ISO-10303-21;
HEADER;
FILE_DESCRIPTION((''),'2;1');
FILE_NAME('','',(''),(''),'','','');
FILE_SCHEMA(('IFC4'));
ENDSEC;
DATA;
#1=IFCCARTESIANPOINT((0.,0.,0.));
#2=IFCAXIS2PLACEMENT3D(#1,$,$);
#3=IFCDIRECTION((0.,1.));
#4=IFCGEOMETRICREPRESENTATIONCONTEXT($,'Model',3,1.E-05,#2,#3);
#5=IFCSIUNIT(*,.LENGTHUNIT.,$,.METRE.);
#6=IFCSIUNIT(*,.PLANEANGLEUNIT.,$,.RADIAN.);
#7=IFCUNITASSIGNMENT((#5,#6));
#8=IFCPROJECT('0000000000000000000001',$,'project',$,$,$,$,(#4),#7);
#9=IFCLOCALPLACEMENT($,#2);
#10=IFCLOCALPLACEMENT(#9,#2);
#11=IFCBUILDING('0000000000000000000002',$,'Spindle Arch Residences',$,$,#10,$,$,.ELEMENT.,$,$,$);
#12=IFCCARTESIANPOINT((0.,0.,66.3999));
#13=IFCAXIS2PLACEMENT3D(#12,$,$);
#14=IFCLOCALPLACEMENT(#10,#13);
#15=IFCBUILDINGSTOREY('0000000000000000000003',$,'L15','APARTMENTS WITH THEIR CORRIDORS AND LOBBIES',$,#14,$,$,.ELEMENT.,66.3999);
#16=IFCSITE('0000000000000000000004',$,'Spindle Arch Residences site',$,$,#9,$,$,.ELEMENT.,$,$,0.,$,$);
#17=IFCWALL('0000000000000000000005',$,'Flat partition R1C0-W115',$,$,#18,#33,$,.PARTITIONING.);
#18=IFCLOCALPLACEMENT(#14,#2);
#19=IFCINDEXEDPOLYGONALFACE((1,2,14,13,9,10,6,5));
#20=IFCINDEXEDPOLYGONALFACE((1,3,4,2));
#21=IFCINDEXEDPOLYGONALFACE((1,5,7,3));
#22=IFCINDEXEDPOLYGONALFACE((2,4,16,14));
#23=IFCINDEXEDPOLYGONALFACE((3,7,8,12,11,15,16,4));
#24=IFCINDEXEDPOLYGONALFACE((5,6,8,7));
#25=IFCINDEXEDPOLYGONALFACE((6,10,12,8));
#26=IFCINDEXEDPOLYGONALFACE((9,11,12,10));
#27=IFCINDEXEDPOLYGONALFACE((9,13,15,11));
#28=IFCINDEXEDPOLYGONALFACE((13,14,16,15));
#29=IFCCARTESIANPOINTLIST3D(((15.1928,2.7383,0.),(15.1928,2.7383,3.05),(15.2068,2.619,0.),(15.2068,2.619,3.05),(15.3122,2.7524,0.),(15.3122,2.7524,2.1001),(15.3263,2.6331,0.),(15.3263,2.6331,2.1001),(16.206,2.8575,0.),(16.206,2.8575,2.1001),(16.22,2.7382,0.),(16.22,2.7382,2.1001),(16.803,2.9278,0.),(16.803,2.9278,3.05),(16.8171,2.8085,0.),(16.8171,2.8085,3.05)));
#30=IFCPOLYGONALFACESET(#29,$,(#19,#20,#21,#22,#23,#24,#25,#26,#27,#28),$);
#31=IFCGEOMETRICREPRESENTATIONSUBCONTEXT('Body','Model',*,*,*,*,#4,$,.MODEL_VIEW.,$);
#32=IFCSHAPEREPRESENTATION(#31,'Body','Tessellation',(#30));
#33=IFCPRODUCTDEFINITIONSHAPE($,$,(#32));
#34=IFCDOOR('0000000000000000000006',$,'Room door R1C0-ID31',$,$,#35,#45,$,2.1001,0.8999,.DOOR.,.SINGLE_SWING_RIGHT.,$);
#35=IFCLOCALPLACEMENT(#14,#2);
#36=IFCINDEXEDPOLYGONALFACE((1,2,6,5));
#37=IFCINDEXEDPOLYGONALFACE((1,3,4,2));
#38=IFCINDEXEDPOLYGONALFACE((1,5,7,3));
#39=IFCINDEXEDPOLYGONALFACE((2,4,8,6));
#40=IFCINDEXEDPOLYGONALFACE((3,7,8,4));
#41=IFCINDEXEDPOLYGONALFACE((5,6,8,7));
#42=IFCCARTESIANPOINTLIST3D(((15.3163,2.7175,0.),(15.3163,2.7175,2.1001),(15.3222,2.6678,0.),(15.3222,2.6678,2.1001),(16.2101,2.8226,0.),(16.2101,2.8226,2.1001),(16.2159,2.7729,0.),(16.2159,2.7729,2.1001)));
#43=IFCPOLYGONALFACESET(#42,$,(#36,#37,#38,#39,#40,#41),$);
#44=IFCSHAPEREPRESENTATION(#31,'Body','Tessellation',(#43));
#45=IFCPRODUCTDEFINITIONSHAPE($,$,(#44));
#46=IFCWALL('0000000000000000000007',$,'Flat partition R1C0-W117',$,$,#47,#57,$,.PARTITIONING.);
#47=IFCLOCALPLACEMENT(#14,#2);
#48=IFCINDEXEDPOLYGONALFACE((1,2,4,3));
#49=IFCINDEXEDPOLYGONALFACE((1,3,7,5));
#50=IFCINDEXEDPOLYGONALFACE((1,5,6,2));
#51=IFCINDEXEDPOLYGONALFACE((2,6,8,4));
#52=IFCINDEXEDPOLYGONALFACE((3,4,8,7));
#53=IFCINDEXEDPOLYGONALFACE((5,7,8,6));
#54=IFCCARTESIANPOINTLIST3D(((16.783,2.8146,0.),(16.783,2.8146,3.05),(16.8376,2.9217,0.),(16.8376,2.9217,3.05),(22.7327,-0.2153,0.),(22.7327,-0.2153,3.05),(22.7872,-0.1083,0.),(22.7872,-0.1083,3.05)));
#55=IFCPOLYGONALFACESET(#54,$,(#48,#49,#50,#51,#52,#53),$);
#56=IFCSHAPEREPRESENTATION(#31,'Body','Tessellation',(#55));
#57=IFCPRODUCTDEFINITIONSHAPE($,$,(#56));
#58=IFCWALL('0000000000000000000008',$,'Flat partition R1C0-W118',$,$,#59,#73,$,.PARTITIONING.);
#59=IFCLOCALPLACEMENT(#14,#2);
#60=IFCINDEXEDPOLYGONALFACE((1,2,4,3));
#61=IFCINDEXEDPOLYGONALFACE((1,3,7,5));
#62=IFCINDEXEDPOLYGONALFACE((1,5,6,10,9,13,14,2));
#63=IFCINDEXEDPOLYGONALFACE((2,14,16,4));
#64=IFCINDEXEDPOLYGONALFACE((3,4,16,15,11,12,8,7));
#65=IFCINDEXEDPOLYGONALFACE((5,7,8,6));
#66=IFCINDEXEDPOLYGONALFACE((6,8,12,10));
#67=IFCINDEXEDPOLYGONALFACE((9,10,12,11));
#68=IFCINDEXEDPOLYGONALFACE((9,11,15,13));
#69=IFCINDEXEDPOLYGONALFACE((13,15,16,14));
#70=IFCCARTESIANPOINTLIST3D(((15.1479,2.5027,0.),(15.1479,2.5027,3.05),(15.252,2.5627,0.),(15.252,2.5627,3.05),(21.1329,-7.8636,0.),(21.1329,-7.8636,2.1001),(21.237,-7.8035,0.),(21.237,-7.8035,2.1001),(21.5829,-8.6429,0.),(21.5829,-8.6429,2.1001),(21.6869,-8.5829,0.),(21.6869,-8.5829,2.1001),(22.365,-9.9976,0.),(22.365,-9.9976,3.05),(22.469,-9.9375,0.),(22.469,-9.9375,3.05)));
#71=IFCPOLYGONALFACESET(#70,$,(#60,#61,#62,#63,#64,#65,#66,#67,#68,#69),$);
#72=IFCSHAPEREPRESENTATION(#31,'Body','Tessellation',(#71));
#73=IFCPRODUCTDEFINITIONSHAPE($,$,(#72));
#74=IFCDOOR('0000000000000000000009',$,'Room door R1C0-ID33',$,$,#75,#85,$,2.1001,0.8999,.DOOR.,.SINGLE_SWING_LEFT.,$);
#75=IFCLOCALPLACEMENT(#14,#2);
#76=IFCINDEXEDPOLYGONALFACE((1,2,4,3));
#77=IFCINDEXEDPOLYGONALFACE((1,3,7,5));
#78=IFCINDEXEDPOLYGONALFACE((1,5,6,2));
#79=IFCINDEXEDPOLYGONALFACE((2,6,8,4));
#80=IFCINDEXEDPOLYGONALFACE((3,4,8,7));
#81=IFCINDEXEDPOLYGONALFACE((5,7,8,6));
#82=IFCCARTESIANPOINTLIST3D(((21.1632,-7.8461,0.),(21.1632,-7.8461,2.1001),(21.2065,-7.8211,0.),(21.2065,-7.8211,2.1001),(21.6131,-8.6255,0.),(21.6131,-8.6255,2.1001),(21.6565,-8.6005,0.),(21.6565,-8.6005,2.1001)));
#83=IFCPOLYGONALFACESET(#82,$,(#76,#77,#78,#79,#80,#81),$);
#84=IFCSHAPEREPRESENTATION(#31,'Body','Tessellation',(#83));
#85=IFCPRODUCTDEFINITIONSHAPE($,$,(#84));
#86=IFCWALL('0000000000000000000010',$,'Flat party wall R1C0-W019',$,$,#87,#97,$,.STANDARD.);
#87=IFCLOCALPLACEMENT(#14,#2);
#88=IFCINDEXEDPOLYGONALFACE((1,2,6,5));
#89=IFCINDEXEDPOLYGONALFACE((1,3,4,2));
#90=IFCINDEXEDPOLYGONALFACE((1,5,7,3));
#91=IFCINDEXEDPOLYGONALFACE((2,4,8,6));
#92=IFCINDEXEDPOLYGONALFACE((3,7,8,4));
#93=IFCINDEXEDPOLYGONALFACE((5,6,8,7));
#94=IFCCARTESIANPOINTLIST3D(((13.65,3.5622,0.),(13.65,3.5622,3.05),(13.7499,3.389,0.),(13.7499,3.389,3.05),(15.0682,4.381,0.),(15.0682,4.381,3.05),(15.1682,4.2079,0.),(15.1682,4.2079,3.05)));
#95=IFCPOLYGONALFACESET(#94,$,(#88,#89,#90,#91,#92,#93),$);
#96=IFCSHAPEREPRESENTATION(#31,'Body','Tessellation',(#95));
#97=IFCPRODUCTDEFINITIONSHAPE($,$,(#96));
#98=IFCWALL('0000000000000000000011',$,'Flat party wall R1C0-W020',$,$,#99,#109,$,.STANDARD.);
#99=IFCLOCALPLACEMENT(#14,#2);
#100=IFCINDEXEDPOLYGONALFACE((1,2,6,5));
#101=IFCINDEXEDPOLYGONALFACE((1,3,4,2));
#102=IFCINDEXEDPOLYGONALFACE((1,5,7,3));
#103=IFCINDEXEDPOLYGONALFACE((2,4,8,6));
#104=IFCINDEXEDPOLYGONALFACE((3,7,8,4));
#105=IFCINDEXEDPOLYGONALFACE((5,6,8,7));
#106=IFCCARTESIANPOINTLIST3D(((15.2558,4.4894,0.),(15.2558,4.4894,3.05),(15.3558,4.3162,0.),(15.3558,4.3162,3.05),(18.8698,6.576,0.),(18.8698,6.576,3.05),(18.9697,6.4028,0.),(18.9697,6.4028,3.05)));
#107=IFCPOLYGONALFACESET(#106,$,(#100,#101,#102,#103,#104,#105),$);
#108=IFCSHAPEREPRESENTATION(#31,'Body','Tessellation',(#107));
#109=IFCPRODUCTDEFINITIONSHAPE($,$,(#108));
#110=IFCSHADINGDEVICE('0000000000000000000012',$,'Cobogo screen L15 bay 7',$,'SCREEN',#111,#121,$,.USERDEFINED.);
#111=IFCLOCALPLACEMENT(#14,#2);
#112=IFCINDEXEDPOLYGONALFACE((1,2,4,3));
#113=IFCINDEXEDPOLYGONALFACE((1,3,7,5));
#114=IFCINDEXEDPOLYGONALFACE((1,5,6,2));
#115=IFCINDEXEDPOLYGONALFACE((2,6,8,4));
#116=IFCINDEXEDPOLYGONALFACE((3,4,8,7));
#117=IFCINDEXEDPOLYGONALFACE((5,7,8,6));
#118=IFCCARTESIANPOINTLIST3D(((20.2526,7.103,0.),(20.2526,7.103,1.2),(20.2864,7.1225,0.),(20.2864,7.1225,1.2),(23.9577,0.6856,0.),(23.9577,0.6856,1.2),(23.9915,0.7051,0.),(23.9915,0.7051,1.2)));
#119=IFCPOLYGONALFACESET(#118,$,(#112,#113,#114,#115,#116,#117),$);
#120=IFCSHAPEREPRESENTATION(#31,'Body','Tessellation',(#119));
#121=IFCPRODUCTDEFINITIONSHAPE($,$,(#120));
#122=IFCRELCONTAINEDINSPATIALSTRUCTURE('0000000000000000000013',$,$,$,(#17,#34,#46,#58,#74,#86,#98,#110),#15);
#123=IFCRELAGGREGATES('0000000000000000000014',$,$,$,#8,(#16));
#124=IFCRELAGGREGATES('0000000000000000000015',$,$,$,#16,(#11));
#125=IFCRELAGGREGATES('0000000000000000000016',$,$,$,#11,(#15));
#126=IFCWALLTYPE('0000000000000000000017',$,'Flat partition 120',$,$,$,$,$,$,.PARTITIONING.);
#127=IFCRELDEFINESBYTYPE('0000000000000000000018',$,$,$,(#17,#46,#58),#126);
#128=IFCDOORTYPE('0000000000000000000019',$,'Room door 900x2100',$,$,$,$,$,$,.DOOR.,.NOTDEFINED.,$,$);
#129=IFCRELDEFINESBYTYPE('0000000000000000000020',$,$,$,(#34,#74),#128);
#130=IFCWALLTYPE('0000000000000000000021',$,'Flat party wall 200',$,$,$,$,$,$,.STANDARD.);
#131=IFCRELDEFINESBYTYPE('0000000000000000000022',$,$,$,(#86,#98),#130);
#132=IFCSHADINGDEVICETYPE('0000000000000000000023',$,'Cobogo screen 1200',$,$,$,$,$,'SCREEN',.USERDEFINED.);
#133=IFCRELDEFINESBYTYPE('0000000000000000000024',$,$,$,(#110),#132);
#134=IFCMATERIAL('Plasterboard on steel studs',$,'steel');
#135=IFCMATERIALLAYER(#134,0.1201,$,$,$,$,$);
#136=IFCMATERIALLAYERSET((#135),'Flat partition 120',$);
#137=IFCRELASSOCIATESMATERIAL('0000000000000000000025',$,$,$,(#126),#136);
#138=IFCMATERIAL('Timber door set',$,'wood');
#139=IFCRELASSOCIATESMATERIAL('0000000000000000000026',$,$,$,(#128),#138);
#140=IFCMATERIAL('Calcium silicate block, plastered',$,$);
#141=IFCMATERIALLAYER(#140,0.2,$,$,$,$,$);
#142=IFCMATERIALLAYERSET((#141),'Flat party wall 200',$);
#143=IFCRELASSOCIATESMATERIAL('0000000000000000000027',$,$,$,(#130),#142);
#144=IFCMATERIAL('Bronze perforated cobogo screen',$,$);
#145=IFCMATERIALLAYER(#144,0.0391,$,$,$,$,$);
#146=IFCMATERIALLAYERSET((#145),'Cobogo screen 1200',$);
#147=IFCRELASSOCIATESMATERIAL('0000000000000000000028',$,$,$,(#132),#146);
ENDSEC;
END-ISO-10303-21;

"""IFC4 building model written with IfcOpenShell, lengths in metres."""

from ifc_helpers import new_model, si_unit, direction, frame, frame_2d, origin, origin_2d, place, context, subcontext, project, spatial, rectangle, extrude, material, layer, layer_set, type_object, element, fill, save


model = new_model("IFC4")

# Units and contexts
model_context = context("Model", 3, precision=1e-05, world=origin(), true_north=direction((0.0, 1.0)))
body_context = subcontext(model_context, "Body", "Model", "MODEL_VIEW")
ifc_project = project(units=[si_unit("LENGTHUNIT", "METRE"), si_unit("PLANEANGLEUNIT", "RADIAN")], contexts=[model_context])

# Site, building, storey
site_placement = place(None, origin())
site = spatial("IfcSite", under=ifc_project, at=site_placement, Name="Spindle Arch Residences site", CompositionType="ELEMENT", RefElevation=0.0)
building_placement = place(site_placement, origin())
building = spatial("IfcBuilding", under=site, at=building_placement, Name="Spindle Arch Residences", CompositionType="ELEMENT")
storey_placement = place(building_placement, frame((0.0, 0.0, 66.3999)))
storey = spatial("IfcBuildingStorey", under=building, at=storey_placement, Name="L15", Description="APARTMENTS WITH THEIR CORRIDORS AND LOBBIES", CompositionType="ELEMENT", Elevation=66.3999)

# Shared definitions
ifc_material_1 = material(Name="Plasterboard on steel studs", Category="steel")
ifc_layer_1 = layer(ifc_material_1, 0.1201)
ifc_layer_set_1 = layer_set([ifc_layer_1], Name="Flat partition 120")
wall_type_1 = type_object("IfcWallType", Name="Flat partition 120", PredefinedType="PARTITIONING", material=ifc_layer_set_1)
ifc_material_2 = material(Name="Timber door set", Category="wood")
door_type_1 = type_object("IfcDoorType", Name="Room door 900x2100", OperationType="NOTDEFINED", PredefinedType="DOOR", material=ifc_material_2)

# Wall, opening, door
wall_1_placement = place(storey_placement, frame((15.2, 2.6787, 0.0), z_axis=(0.0, 0.0, 1.0), x_axis=(0.993151, 0.116841, 0.0)))
wall_1 = element("IfcWall", 1, at=wall_1_placement, inside=storey, type_object=wall_type_1, Name="Flat partition R1C0-W115", PredefinedType="PARTITIONING", context=body_context, shape_type="SweptSolid", body=[
    extrude(rectangle(XDim=1.6213, YDim=0.1201, at=frame_2d((0.8105, 0.0))), origin(), (0.0, 0.0, 1.0), 3.05),
])
opening_1_placement = place(wall_1_placement, frame((0.1201, 0.0, 0.0)))
opening_1 = element("IfcOpeningElement", 2, at=opening_1_placement, cuts=wall_1, PredefinedType="OPENING", context=body_context, shape_type="SweptSolid", body=[
    extrude(rectangle(XDim=0.8999, YDim=2.1001, at=frame_2d((0.45, 1.05))), frame((0.0, 0.0701, 0.0), z_axis=(0.0, -1.0, 0.0), x_axis=(1.0, 0.0, 0.0)), (0.0, 0.0, 1.0), 0.1401),
])
door_1_placement = place(opening_1_placement, origin())
door_1 = element("IfcDoor", 3, at=door_1_placement, inside=storey, type_object=door_type_1, Name="Room door R1C0-ID31", OperationType="SINGLE_SWING_RIGHT", OverallHeight=2.1001, OverallWidth=0.8999, PredefinedType="DOOR", context=body_context, shape_type="SweptSolid", body=[
    extrude(rectangle(XDim=0.8999, YDim=2.1001, at=frame_2d((0.45, 1.05))), frame((0.0, 0.0249, 0.0), z_axis=(0.0, -1.0, 0.0), x_axis=(1.0, 0.0, 0.0)), (0.0, 0.0, 1.0), 0.05),
])
fill(opening_1, door_1)

# Wall
wall_2_placement = place(storey_placement, frame((16.8103, 2.8682, 0.0), z_axis=(0.0, 0.0, 1.0), x_axis=(0.891097, -0.453812, 0.0)))
element("IfcWall", 4, at=wall_2_placement, inside=storey, type_object=wall_type_1, Name="Flat partition R1C0-W117", PredefinedType="PARTITIONING", context=body_context, shape_type="SweptSolid", body=[
    extrude(rectangle(XDim=6.6768, YDim=0.1201, at=frame_2d((3.3384, 0.0))), origin(), (0.0, 0.0, 1.0), 3.05),
])

# Wall, opening, door
wall_3_placement = place(storey_placement, frame((15.2, 2.5327, 0.0), z_axis=(0.0, 0.0, 1.0), x_axis=(0.500001, -0.866025, 0.0)))
wall_3 = element("IfcWall", 5, at=wall_3_placement, inside=storey, type_object=wall_type_1, Name="Flat partition R1C0-W118", PredefinedType="PARTITIONING", context=body_context, shape_type="SweptSolid", body=[
    extrude(rectangle(XDim=14.4341, YDim=0.1201, at=frame_2d((7.217, 0.0))), origin(), (0.0, 0.0, 1.0), 3.05),
])
opening_2_placement = place(wall_3_placement, frame((11.97, 0.0, 0.0)))
opening_2 = element("IfcOpeningElement", 6, at=opening_2_placement, cuts=wall_3, PredefinedType="OPENING", context=body_context, shape_type="SweptSolid", body=[
    extrude(rectangle(XDim=0.8999, YDim=2.1001, at=frame_2d((0.45, 1.05))), frame((0.0, 0.0701, 0.0), z_axis=(0.0, -1.0, 0.0), x_axis=(1.0, 0.0, 0.0)), (0.0, 0.0, 1.0), 0.1401),
])
door_2_placement = place(opening_2_placement, origin())
door_2 = element("IfcDoor", 7, at=door_2_placement, inside=storey, type_object=door_type_1, Name="Room door R1C0-ID33", OperationType="SINGLE_SWING_LEFT", OverallHeight=2.1001, OverallWidth=0.8999, PredefinedType="DOOR", context=body_context, shape_type="SweptSolid", body=[
    extrude(rectangle(XDim=0.8999, YDim=2.1001, at=frame_2d((0.45, 1.05))), frame((0.0, 0.0249, 0.0), z_axis=(0.0, -1.0, 0.0), x_axis=(1.0, 0.0, 0.0)), (0.0, 0.0, 1.0), 0.05),
])
fill(opening_2, door_2)

# Walls
ifc_material_3 = material(Name="Calcium silicate block, plastered")
ifc_layer_2 = layer(ifc_material_3, 0.2)
ifc_layer_set_2 = layer_set([ifc_layer_2], Name="Flat party wall 200")
wall_type_2 = type_object("IfcWallType", Name="Flat party wall 200", PredefinedType="STANDARD", material=ifc_layer_set_2)
wall_4_placement = place(storey_placement, frame((13.7, 3.4756, 0.0), z_axis=(0.0, 0.0, 1.0), x_axis=(0.866014, 0.500019, 0.0)))
element("IfcWall", 8, at=wall_4_placement, inside=storey, type_object=wall_type_2, Name="Flat party wall R1C0-W019", PredefinedType="STANDARD", context=body_context, shape_type="SweptSolid", body=[
    extrude(rectangle(XDim=1.6377, YDim=0.2, at=frame_2d((0.8188, 0.0))), origin(), (0.0, 0.0, 1.0), 3.05),
])
wall_5_placement = place(storey_placement, frame((15.3059, 4.4028, 0.0), z_axis=(0.0, 0.0, 1.0), x_axis=(0.866013, 0.500021, 0.0)))
element("IfcWall", 9, at=wall_5_placement, inside=storey, type_object=wall_type_2, Name="Flat party wall R1C0-W020", PredefinedType="STANDARD", context=body_context, shape_type="SweptSolid", body=[
    extrude(rectangle(XDim=4.1731, YDim=0.2, at=frame_2d((2.0864, 0.0))), origin(), (0.0, 0.0, 1.0), 3.05),
])

# Shading device
ifc_material_4 = material(Name="Bronze perforated cobogo screen")
ifc_layer_3 = layer(ifc_material_4, 0.0391)
ifc_layer_set_3 = layer_set([ifc_layer_3], Name="Cobogo screen 1200")
shading_device_type = type_object("IfcShadingDeviceType", Name="Cobogo screen 1200", ElementType="SCREEN", PredefinedType="USERDEFINED", material=ifc_layer_set_3)
shading_device_placement = place(storey_placement, frame((22.1221, 3.9041, 0.0), z_axis=(0.0, 0.0, 1.0), x_axis=(-0.5, 0.866025, 0.0)))
element("IfcShadingDevice", 10, at=shading_device_placement, inside=storey, type_object=shading_device_type, Name="Cobogo screen L15 bay 7", ObjectType="SCREEN", PredefinedType="USERDEFINED", context=body_context, shape_type="SweptSolid", body=[
    extrude(rectangle(XDim=7.4102, YDim=0.0391, at=origin_2d()), origin(), (0.0, 0.0, 1.0), 1.2),
])

save(model, "model.ifc")
